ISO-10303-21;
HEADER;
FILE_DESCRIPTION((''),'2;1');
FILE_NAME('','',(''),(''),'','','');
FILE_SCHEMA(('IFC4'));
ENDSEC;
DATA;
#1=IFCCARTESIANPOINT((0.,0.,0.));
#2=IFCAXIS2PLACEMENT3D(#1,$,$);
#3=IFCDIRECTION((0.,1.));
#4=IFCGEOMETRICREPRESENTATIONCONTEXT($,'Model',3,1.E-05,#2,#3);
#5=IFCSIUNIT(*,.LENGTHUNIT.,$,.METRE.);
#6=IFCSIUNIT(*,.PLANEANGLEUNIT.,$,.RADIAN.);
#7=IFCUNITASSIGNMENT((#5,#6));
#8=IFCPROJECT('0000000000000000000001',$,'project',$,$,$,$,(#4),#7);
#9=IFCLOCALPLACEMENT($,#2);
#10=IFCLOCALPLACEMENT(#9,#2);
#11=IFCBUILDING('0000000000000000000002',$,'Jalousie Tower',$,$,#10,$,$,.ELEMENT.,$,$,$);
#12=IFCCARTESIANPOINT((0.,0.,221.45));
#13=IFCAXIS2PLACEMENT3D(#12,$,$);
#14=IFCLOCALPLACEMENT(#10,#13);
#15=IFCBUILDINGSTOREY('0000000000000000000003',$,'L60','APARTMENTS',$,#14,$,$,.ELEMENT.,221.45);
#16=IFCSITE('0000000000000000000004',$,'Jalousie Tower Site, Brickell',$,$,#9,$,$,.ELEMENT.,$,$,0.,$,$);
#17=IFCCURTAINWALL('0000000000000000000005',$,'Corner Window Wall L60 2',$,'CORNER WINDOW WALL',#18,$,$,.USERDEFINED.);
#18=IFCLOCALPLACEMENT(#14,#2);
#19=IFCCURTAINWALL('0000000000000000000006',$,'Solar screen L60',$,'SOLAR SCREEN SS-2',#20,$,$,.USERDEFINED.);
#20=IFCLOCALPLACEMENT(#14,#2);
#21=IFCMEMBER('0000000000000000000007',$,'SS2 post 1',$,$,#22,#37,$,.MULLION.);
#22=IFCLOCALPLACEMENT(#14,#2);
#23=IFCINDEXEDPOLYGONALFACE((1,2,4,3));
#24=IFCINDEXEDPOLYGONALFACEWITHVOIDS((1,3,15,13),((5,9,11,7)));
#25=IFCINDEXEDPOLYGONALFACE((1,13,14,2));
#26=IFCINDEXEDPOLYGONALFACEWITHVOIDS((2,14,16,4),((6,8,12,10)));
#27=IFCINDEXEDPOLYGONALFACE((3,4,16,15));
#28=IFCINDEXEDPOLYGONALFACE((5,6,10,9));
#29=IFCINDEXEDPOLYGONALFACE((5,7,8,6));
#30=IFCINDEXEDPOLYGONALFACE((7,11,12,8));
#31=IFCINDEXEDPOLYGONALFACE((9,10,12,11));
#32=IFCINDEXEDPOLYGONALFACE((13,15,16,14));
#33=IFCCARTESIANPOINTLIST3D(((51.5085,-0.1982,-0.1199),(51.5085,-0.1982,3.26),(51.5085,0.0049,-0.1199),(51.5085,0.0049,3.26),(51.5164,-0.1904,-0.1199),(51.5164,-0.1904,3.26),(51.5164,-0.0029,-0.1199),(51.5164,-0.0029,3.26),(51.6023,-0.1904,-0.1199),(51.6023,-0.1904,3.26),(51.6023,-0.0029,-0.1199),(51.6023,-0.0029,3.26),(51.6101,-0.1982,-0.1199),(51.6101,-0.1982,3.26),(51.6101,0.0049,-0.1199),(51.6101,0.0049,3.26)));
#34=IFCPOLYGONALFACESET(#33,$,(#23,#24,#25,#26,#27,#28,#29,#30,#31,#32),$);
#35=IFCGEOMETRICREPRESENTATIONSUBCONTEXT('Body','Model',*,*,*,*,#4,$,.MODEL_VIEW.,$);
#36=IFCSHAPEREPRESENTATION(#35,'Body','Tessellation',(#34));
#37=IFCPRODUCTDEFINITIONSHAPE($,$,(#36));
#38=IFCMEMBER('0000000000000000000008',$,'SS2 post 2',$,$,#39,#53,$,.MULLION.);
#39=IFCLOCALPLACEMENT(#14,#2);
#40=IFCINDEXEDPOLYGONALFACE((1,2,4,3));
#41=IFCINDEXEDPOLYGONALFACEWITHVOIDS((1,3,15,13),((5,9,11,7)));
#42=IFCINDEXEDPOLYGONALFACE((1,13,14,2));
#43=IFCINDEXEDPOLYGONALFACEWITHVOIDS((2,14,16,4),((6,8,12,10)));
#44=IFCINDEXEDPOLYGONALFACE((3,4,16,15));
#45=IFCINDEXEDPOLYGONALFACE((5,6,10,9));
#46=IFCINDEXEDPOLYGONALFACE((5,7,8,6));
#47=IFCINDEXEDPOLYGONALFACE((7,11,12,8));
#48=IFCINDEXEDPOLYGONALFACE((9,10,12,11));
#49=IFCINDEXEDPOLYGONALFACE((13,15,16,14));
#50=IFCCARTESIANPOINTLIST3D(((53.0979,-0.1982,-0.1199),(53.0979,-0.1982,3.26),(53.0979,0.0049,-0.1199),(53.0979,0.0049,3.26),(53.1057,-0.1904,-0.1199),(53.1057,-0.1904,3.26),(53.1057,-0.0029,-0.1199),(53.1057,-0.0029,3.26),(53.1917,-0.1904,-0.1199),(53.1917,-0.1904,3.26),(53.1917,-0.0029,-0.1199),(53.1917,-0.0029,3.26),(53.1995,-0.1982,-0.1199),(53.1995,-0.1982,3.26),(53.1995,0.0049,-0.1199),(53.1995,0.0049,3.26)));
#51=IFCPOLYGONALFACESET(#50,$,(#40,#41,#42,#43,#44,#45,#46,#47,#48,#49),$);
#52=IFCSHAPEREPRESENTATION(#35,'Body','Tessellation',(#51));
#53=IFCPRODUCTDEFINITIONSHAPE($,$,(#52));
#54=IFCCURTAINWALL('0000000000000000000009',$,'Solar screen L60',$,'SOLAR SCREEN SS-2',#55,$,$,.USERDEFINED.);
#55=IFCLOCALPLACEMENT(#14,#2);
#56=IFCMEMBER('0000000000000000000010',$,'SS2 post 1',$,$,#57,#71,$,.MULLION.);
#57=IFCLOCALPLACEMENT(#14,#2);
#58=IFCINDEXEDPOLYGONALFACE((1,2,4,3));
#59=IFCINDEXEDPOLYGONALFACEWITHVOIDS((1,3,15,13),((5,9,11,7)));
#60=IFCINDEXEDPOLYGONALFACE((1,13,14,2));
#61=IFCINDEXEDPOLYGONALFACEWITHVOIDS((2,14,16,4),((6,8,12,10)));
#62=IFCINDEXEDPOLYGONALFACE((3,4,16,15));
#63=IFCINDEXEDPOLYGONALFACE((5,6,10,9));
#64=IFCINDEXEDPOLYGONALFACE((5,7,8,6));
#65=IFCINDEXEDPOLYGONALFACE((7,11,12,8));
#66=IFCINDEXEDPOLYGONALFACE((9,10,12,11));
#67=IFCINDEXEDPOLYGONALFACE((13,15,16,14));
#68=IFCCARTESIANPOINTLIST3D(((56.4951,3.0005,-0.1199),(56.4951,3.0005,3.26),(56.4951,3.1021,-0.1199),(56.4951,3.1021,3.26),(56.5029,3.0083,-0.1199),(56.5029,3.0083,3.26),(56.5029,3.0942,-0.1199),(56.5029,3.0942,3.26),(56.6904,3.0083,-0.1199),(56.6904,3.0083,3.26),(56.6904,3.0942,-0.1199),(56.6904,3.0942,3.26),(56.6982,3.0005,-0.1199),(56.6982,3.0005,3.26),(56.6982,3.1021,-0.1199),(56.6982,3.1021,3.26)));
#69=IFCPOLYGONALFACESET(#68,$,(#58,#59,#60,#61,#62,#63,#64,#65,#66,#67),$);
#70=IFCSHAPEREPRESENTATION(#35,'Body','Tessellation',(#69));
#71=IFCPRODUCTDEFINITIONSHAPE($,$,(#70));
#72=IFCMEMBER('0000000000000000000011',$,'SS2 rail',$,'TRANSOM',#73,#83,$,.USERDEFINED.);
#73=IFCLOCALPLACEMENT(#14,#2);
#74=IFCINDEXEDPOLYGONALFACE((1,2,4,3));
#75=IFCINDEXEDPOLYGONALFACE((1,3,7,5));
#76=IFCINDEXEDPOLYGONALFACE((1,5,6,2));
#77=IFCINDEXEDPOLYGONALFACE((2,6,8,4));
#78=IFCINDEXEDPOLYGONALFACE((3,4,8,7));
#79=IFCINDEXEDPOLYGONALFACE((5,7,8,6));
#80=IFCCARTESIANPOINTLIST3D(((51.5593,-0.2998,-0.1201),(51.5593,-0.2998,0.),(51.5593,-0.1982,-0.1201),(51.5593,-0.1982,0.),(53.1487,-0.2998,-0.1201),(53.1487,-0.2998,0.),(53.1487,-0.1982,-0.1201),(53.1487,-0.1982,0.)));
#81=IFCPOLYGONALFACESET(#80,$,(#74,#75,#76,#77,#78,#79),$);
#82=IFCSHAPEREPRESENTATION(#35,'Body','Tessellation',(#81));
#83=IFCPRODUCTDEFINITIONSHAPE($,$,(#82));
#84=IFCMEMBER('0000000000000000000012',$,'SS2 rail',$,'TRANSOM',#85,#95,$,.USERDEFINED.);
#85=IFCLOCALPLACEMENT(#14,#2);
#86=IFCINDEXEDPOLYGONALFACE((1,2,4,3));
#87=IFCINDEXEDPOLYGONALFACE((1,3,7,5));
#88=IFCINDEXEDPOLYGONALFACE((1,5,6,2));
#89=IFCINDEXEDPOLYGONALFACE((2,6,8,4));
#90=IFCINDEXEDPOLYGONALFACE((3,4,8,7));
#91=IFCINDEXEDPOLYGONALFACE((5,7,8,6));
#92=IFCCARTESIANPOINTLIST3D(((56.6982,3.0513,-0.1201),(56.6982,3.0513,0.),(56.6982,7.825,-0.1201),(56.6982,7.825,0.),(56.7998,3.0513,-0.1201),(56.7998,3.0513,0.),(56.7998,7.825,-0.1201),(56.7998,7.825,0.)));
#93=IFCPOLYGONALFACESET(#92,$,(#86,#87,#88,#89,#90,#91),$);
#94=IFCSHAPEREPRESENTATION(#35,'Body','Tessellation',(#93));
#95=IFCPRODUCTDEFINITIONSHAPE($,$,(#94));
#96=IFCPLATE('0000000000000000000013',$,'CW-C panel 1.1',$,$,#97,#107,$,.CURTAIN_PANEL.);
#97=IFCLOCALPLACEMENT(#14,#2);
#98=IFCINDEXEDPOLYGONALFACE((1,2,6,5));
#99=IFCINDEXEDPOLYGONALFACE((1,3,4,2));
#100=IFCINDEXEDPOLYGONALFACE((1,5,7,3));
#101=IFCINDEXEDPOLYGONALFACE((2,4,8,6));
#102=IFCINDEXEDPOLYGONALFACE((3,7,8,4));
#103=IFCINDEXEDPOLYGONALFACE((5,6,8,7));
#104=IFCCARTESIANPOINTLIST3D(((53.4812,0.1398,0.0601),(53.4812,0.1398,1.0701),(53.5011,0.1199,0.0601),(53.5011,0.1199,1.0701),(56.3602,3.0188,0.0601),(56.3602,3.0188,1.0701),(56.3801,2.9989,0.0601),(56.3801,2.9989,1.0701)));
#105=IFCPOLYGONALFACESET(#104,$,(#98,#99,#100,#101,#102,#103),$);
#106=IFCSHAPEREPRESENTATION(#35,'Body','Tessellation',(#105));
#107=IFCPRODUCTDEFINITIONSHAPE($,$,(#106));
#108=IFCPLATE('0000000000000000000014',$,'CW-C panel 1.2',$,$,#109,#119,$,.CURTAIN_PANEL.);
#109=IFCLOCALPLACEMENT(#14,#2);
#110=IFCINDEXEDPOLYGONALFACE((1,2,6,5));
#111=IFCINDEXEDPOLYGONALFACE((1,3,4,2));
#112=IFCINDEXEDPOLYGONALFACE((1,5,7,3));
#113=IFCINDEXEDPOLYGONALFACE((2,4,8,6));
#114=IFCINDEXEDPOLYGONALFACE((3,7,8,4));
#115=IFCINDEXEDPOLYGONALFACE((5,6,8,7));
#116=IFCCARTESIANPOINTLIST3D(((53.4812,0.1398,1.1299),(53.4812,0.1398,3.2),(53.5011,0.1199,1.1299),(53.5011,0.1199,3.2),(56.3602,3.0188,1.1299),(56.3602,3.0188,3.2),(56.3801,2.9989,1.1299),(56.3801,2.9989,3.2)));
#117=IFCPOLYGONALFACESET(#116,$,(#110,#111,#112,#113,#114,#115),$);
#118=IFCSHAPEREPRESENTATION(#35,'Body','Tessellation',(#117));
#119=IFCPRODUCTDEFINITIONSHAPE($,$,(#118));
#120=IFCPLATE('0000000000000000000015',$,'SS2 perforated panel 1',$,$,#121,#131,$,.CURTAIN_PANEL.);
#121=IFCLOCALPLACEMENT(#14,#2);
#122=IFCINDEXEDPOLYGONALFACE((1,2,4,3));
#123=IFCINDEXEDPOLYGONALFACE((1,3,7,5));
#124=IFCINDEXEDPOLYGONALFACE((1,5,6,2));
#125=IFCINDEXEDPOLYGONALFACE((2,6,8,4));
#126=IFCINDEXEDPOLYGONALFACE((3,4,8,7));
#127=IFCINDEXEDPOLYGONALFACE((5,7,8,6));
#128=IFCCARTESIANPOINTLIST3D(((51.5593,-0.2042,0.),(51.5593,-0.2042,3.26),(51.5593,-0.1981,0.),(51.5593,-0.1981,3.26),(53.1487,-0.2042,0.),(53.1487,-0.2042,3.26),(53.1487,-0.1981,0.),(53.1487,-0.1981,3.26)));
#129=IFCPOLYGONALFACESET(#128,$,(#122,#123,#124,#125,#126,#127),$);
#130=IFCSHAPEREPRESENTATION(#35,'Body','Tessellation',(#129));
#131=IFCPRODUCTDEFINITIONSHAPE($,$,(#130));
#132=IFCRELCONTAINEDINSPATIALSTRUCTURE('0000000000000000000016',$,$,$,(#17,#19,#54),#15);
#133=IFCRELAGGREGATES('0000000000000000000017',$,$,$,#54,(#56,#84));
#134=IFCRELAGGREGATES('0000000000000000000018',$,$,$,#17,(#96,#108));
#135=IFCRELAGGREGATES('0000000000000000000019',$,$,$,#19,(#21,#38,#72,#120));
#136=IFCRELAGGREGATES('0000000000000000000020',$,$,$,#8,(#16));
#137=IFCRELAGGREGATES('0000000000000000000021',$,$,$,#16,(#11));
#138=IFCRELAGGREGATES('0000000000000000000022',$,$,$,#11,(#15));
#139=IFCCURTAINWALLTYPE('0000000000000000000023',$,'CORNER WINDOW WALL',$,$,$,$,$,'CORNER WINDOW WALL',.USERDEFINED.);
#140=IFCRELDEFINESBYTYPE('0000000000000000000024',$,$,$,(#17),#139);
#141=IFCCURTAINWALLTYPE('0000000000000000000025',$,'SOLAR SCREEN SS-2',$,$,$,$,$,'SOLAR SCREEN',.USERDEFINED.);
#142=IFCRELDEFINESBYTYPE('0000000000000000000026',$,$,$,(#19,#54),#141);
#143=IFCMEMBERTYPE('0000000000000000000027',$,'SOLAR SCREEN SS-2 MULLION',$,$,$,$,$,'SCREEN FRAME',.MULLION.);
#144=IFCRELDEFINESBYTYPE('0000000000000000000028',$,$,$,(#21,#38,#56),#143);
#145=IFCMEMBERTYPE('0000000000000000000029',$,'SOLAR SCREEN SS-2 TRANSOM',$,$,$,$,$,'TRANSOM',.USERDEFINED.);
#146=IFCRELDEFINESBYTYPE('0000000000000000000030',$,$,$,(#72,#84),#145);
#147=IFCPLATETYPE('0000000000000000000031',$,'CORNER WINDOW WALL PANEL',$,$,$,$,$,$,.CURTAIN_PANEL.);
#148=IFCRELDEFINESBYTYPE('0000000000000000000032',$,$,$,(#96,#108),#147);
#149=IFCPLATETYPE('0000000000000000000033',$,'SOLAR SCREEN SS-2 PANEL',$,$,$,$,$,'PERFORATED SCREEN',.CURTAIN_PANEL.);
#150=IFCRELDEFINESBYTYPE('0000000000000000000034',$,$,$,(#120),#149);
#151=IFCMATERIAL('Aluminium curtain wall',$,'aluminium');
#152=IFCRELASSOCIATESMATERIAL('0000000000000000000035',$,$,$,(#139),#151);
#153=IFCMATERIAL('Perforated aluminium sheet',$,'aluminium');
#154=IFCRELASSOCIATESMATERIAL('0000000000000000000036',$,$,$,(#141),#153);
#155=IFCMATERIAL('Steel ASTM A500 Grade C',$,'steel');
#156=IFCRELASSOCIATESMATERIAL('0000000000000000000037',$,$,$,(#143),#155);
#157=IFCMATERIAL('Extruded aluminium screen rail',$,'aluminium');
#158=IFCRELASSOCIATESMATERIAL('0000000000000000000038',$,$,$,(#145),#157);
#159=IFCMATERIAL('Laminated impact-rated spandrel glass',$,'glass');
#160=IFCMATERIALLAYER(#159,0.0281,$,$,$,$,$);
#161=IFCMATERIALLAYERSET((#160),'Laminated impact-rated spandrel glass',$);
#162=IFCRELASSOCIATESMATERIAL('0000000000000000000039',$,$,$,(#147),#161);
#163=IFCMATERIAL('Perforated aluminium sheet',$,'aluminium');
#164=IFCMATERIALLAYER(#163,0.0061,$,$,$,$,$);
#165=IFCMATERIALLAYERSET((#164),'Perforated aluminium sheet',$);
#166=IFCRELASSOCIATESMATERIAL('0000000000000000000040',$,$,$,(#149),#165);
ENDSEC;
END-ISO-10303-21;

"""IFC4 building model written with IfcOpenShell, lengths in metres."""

from ifc_helpers import new_model, si_unit, direction, frame, origin, origin_2d, place, context, subcontext, project, spatial, rectangle, hollow_rectangle, extrude, material, layer, layer_set, material_profile, profile_set, type_object, element, aggregate, save


model = new_model("IFC4")

# Units and contexts
model_context = context("Model", 3, precision=1e-05, world=origin(), true_north=direction((0.0, 1.0)))
body_context = subcontext(model_context, "Body", "Model", "MODEL_VIEW")
ifc_project = project(units=[si_unit("LENGTHUNIT", "METRE"), si_unit("PLANEANGLEUNIT", "RADIAN")], contexts=[model_context])

# Site, building, storey
site_placement = place(None, origin())
site = spatial("IfcSite", under=ifc_project, at=site_placement, Name="Jalousie Tower Site, Brickell", CompositionType="ELEMENT", RefElevation=0.0)
building_placement = place(site_placement, origin())
building = spatial("IfcBuilding", under=site, at=building_placement, Name="Jalousie Tower", CompositionType="ELEMENT")
storey_placement = place(building_placement, frame((0.0, 0.0, 221.45)))
storey = spatial("IfcBuildingStorey", under=building, at=storey_placement, Name="L60", Description="APARTMENTS", CompositionType="ELEMENT", Elevation=221.45)

# Curtain wall
ifc_material_1 = material(Name="Aluminium curtain wall", Category="aluminium")
curtain_wall_type_1 = type_object("IfcCurtainWallType", Name="CORNER WINDOW WALL", ElementType="CORNER WINDOW WALL", PredefinedType="USERDEFINED", material=ifc_material_1)
curtain_wall_1_placement = place(storey_placement, origin())
curtain_wall_1 = element("IfcCurtainWall", 1, at=curtain_wall_1_placement, inside=storey, type_object=curtain_wall_type_1, Name="Corner Window Wall L60 2", ObjectType="CORNER WINDOW WALL", PredefinedType="USERDEFINED")

# Curtain wall, members
ifc_material_2 = material(Name="Perforated aluminium sheet", Category="aluminium")
curtain_wall_type_2 = type_object("IfcCurtainWallType", Name="SOLAR SCREEN SS-2", ElementType="SOLAR SCREEN", PredefinedType="USERDEFINED", material=ifc_material_2)
curtain_wall_2_placement = place(storey_placement, origin())
curtain_wall_2 = element("IfcCurtainWall", 2, at=curtain_wall_2_placement, inside=storey, type_object=curtain_wall_type_2, Name="Solar screen L60", ObjectType="SOLAR SCREEN SS-2", PredefinedType="USERDEFINED")
ifc_material_3 = material(Name="Steel ASTM A500 Grade C", Category="steel")
ifc_material_profile_1 = material_profile(ifc_material_3, hollow_rectangle(XDim=0.1016, YDim=0.2031, WallThickness=0.0078, at=origin_2d()), Name="HSS8X4X5/16")
ifc_profile_set_1 = profile_set([ifc_material_profile_1], Name="Steel ASTM A500 Grade C")
member_type_1 = type_object("IfcMemberType", Name="SOLAR SCREEN SS-2 MULLION", ElementType="SCREEN FRAME", PredefinedType="MULLION", material=ifc_profile_set_1)
member_1_placement = place(storey_placement, frame((51.5593, -0.0967, -0.1199), z_axis=(0.0, 0.0, 1.0), x_axis=(1.0, 0.0, 0.0)))
member_1 = element("IfcMember", 3, at=member_1_placement, type_object=member_type_1, Name="SS2 post 1", PredefinedType="MULLION", context=body_context, shape_type="SweptSolid", body=[
    extrude(hollow_rectangle(XDim=0.1016, YDim=0.2031, WallThickness=0.0078, at=origin_2d()), origin(), (0.0, 0.0, 1.0), 3.3799),
])
member_2_placement = place(storey_placement, frame((53.1487, -0.0967, -0.1199), z_axis=(0.0, 0.0, 1.0), x_axis=(1.0, 0.0, 0.0)))
member_2 = element("IfcMember", 4, at=member_2_placement, type_object=member_type_1, Name="SS2 post 2", PredefinedType="MULLION", context=body_context, shape_type="SweptSolid", body=[
    extrude(hollow_rectangle(XDim=0.1016, YDim=0.2031, WallThickness=0.0078, at=origin_2d()), origin(), (0.0, 0.0, 1.0), 3.3799),
])

# Curtain wall, member
curtain_wall_3_placement = place(storey_placement, origin())
curtain_wall_3 = element("IfcCurtainWall", 5, at=curtain_wall_3_placement, inside=storey, type_object=curtain_wall_type_2, Name="Solar screen L60", ObjectType="SOLAR SCREEN SS-2", PredefinedType="USERDEFINED")
member_3_placement = place(storey_placement, frame((56.5967, 3.0513, -0.1199), z_axis=(0.0, 0.0, 1.0), x_axis=(0.0, 1.0, 0.0)))
member_3 = element("IfcMember", 6, at=member_3_placement, type_object=member_type_1, Name="SS2 post 1", PredefinedType="MULLION", context=body_context, shape_type="SweptSolid", body=[
    extrude(hollow_rectangle(XDim=0.1016, YDim=0.2031, WallThickness=0.0078, at=origin_2d()), origin(), (0.0, 0.0, 1.0), 3.3799),
])

# Members
ifc_material_4 = material(Name="Extruded aluminium screen rail", Category="aluminium")
ifc_material_profile_2 = material_profile(ifc_material_4, rectangle(XDim=0.1016, YDim=0.1201, at=origin_2d()), Name="RAIL 102x120")
ifc_profile_set_2 = profile_set([ifc_material_profile_2], Name="Extruded aluminium screen rail")
member_type_2 = type_object("IfcMemberType", Name="SOLAR SCREEN SS-2 TRANSOM", ElementType="TRANSOM", PredefinedType="USERDEFINED", material=ifc_profile_set_2)
member_4_placement = place(storey_placement, frame((51.5593, -0.249, -0.0601), z_axis=(1.0, 0.0, 0.0), x_axis=(0.0, 1.0, 0.0)))
member_4 = element("IfcMember", 7, at=member_4_placement, type_object=member_type_2, Name="SS2 rail", ObjectType="TRANSOM", PredefinedType="USERDEFINED", context=body_context, shape_type="SweptSolid", body=[
    extrude(rectangle(XDim=0.1016, YDim=0.1201, at=origin_2d()), origin(), (0.0, 0.0, 1.0), 1.5894),
])
member_5_placement = place(storey_placement, frame((56.749, 3.0513, -0.0601), z_axis=(0.0, 1.0, 0.0), x_axis=(-1.0, 0.0, 0.0)))
member_5 = element("IfcMember", 8, at=member_5_placement, type_object=member_type_2, Name="SS2 rail", ObjectType="TRANSOM", PredefinedType="USERDEFINED", context=body_context, shape_type="SweptSolid", body=[
    extrude(rectangle(XDim=0.1016, YDim=0.1201, at=origin_2d()), origin(), (0.0, 0.0, 1.0), 4.7737),
])
aggregate(curtain_wall_3, [member_3, member_5])

# Plates
ifc_material_5 = material(Name="Laminated impact-rated spandrel glass", Category="glass")
ifc_layer_1 = layer(ifc_material_5, 0.0281)
ifc_layer_set_1 = layer_set([ifc_layer_1], Name="Laminated impact-rated spandrel glass")
plate_type_1 = type_object("IfcPlateType", Name="CORNER WINDOW WALL PANEL", PredefinedType="CURTAIN_PANEL", material=ifc_layer_set_1)
plate_1_placement = place(storey_placement, frame((54.9307, 1.5693, 0.0601), z_axis=(0.0, 0.0, 1.0), x_axis=(0.707107, 0.707107, 0.0)))
plate_1 = element("IfcPlate", 9, at=plate_1_placement, type_object=plate_type_1, Name="CW-C panel 1.1", PredefinedType="CURTAIN_PANEL", context=body_context, shape_type="SweptSolid", body=[
    extrude(rectangle(XDim=4.0715, YDim=0.0281, at=origin_2d()), origin(), (0.0, 0.0, 1.0), 1.01),
])
plate_2_placement = place(storey_placement, frame((54.9307, 1.5693, 1.1299), z_axis=(0.0, 0.0, 1.0), x_axis=(0.707107, 0.707107, 0.0)))
plate_2 = element("IfcPlate", 10, at=plate_2_placement, type_object=plate_type_1, Name="CW-C panel 1.2", PredefinedType="CURTAIN_PANEL", context=body_context, shape_type="SweptSolid", body=[
    extrude(rectangle(XDim=4.0715, YDim=0.0281, at=origin_2d()), origin(), (0.0, 0.0, 1.0), 2.0701),
])
aggregate(curtain_wall_1, [plate_1, plate_2])
ifc_material_6 = material(Name="Perforated aluminium sheet", Category="aluminium")
ifc_layer_2 = layer(ifc_material_6, 0.0061)
ifc_layer_set_2 = layer_set([ifc_layer_2], Name="Perforated aluminium sheet")
plate_type_2 = type_object("IfcPlateType", Name="SOLAR SCREEN SS-2 PANEL", ElementType="PERFORATED SCREEN", PredefinedType="CURTAIN_PANEL", material=ifc_layer_set_2)
plate_3_placement = place(storey_placement, frame((52.354, -0.2012, 0.0), z_axis=(0.0, 0.0, 1.0), x_axis=(1.0, 0.0, 0.0)))
plate_3 = element("IfcPlate", 11, at=plate_3_placement, type_object=plate_type_2, Name="SS2 perforated panel 1", PredefinedType="CURTAIN_PANEL", context=body_context, shape_type="SweptSolid", body=[
    extrude(rectangle(XDim=1.5894, YDim=0.0061, at=origin_2d()), origin(), (0.0, 0.0, 1.0), 3.26),
])
aggregate(curtain_wall_2, [member_1, member_2, member_4, plate_3])

save(model, "model.ifc")
